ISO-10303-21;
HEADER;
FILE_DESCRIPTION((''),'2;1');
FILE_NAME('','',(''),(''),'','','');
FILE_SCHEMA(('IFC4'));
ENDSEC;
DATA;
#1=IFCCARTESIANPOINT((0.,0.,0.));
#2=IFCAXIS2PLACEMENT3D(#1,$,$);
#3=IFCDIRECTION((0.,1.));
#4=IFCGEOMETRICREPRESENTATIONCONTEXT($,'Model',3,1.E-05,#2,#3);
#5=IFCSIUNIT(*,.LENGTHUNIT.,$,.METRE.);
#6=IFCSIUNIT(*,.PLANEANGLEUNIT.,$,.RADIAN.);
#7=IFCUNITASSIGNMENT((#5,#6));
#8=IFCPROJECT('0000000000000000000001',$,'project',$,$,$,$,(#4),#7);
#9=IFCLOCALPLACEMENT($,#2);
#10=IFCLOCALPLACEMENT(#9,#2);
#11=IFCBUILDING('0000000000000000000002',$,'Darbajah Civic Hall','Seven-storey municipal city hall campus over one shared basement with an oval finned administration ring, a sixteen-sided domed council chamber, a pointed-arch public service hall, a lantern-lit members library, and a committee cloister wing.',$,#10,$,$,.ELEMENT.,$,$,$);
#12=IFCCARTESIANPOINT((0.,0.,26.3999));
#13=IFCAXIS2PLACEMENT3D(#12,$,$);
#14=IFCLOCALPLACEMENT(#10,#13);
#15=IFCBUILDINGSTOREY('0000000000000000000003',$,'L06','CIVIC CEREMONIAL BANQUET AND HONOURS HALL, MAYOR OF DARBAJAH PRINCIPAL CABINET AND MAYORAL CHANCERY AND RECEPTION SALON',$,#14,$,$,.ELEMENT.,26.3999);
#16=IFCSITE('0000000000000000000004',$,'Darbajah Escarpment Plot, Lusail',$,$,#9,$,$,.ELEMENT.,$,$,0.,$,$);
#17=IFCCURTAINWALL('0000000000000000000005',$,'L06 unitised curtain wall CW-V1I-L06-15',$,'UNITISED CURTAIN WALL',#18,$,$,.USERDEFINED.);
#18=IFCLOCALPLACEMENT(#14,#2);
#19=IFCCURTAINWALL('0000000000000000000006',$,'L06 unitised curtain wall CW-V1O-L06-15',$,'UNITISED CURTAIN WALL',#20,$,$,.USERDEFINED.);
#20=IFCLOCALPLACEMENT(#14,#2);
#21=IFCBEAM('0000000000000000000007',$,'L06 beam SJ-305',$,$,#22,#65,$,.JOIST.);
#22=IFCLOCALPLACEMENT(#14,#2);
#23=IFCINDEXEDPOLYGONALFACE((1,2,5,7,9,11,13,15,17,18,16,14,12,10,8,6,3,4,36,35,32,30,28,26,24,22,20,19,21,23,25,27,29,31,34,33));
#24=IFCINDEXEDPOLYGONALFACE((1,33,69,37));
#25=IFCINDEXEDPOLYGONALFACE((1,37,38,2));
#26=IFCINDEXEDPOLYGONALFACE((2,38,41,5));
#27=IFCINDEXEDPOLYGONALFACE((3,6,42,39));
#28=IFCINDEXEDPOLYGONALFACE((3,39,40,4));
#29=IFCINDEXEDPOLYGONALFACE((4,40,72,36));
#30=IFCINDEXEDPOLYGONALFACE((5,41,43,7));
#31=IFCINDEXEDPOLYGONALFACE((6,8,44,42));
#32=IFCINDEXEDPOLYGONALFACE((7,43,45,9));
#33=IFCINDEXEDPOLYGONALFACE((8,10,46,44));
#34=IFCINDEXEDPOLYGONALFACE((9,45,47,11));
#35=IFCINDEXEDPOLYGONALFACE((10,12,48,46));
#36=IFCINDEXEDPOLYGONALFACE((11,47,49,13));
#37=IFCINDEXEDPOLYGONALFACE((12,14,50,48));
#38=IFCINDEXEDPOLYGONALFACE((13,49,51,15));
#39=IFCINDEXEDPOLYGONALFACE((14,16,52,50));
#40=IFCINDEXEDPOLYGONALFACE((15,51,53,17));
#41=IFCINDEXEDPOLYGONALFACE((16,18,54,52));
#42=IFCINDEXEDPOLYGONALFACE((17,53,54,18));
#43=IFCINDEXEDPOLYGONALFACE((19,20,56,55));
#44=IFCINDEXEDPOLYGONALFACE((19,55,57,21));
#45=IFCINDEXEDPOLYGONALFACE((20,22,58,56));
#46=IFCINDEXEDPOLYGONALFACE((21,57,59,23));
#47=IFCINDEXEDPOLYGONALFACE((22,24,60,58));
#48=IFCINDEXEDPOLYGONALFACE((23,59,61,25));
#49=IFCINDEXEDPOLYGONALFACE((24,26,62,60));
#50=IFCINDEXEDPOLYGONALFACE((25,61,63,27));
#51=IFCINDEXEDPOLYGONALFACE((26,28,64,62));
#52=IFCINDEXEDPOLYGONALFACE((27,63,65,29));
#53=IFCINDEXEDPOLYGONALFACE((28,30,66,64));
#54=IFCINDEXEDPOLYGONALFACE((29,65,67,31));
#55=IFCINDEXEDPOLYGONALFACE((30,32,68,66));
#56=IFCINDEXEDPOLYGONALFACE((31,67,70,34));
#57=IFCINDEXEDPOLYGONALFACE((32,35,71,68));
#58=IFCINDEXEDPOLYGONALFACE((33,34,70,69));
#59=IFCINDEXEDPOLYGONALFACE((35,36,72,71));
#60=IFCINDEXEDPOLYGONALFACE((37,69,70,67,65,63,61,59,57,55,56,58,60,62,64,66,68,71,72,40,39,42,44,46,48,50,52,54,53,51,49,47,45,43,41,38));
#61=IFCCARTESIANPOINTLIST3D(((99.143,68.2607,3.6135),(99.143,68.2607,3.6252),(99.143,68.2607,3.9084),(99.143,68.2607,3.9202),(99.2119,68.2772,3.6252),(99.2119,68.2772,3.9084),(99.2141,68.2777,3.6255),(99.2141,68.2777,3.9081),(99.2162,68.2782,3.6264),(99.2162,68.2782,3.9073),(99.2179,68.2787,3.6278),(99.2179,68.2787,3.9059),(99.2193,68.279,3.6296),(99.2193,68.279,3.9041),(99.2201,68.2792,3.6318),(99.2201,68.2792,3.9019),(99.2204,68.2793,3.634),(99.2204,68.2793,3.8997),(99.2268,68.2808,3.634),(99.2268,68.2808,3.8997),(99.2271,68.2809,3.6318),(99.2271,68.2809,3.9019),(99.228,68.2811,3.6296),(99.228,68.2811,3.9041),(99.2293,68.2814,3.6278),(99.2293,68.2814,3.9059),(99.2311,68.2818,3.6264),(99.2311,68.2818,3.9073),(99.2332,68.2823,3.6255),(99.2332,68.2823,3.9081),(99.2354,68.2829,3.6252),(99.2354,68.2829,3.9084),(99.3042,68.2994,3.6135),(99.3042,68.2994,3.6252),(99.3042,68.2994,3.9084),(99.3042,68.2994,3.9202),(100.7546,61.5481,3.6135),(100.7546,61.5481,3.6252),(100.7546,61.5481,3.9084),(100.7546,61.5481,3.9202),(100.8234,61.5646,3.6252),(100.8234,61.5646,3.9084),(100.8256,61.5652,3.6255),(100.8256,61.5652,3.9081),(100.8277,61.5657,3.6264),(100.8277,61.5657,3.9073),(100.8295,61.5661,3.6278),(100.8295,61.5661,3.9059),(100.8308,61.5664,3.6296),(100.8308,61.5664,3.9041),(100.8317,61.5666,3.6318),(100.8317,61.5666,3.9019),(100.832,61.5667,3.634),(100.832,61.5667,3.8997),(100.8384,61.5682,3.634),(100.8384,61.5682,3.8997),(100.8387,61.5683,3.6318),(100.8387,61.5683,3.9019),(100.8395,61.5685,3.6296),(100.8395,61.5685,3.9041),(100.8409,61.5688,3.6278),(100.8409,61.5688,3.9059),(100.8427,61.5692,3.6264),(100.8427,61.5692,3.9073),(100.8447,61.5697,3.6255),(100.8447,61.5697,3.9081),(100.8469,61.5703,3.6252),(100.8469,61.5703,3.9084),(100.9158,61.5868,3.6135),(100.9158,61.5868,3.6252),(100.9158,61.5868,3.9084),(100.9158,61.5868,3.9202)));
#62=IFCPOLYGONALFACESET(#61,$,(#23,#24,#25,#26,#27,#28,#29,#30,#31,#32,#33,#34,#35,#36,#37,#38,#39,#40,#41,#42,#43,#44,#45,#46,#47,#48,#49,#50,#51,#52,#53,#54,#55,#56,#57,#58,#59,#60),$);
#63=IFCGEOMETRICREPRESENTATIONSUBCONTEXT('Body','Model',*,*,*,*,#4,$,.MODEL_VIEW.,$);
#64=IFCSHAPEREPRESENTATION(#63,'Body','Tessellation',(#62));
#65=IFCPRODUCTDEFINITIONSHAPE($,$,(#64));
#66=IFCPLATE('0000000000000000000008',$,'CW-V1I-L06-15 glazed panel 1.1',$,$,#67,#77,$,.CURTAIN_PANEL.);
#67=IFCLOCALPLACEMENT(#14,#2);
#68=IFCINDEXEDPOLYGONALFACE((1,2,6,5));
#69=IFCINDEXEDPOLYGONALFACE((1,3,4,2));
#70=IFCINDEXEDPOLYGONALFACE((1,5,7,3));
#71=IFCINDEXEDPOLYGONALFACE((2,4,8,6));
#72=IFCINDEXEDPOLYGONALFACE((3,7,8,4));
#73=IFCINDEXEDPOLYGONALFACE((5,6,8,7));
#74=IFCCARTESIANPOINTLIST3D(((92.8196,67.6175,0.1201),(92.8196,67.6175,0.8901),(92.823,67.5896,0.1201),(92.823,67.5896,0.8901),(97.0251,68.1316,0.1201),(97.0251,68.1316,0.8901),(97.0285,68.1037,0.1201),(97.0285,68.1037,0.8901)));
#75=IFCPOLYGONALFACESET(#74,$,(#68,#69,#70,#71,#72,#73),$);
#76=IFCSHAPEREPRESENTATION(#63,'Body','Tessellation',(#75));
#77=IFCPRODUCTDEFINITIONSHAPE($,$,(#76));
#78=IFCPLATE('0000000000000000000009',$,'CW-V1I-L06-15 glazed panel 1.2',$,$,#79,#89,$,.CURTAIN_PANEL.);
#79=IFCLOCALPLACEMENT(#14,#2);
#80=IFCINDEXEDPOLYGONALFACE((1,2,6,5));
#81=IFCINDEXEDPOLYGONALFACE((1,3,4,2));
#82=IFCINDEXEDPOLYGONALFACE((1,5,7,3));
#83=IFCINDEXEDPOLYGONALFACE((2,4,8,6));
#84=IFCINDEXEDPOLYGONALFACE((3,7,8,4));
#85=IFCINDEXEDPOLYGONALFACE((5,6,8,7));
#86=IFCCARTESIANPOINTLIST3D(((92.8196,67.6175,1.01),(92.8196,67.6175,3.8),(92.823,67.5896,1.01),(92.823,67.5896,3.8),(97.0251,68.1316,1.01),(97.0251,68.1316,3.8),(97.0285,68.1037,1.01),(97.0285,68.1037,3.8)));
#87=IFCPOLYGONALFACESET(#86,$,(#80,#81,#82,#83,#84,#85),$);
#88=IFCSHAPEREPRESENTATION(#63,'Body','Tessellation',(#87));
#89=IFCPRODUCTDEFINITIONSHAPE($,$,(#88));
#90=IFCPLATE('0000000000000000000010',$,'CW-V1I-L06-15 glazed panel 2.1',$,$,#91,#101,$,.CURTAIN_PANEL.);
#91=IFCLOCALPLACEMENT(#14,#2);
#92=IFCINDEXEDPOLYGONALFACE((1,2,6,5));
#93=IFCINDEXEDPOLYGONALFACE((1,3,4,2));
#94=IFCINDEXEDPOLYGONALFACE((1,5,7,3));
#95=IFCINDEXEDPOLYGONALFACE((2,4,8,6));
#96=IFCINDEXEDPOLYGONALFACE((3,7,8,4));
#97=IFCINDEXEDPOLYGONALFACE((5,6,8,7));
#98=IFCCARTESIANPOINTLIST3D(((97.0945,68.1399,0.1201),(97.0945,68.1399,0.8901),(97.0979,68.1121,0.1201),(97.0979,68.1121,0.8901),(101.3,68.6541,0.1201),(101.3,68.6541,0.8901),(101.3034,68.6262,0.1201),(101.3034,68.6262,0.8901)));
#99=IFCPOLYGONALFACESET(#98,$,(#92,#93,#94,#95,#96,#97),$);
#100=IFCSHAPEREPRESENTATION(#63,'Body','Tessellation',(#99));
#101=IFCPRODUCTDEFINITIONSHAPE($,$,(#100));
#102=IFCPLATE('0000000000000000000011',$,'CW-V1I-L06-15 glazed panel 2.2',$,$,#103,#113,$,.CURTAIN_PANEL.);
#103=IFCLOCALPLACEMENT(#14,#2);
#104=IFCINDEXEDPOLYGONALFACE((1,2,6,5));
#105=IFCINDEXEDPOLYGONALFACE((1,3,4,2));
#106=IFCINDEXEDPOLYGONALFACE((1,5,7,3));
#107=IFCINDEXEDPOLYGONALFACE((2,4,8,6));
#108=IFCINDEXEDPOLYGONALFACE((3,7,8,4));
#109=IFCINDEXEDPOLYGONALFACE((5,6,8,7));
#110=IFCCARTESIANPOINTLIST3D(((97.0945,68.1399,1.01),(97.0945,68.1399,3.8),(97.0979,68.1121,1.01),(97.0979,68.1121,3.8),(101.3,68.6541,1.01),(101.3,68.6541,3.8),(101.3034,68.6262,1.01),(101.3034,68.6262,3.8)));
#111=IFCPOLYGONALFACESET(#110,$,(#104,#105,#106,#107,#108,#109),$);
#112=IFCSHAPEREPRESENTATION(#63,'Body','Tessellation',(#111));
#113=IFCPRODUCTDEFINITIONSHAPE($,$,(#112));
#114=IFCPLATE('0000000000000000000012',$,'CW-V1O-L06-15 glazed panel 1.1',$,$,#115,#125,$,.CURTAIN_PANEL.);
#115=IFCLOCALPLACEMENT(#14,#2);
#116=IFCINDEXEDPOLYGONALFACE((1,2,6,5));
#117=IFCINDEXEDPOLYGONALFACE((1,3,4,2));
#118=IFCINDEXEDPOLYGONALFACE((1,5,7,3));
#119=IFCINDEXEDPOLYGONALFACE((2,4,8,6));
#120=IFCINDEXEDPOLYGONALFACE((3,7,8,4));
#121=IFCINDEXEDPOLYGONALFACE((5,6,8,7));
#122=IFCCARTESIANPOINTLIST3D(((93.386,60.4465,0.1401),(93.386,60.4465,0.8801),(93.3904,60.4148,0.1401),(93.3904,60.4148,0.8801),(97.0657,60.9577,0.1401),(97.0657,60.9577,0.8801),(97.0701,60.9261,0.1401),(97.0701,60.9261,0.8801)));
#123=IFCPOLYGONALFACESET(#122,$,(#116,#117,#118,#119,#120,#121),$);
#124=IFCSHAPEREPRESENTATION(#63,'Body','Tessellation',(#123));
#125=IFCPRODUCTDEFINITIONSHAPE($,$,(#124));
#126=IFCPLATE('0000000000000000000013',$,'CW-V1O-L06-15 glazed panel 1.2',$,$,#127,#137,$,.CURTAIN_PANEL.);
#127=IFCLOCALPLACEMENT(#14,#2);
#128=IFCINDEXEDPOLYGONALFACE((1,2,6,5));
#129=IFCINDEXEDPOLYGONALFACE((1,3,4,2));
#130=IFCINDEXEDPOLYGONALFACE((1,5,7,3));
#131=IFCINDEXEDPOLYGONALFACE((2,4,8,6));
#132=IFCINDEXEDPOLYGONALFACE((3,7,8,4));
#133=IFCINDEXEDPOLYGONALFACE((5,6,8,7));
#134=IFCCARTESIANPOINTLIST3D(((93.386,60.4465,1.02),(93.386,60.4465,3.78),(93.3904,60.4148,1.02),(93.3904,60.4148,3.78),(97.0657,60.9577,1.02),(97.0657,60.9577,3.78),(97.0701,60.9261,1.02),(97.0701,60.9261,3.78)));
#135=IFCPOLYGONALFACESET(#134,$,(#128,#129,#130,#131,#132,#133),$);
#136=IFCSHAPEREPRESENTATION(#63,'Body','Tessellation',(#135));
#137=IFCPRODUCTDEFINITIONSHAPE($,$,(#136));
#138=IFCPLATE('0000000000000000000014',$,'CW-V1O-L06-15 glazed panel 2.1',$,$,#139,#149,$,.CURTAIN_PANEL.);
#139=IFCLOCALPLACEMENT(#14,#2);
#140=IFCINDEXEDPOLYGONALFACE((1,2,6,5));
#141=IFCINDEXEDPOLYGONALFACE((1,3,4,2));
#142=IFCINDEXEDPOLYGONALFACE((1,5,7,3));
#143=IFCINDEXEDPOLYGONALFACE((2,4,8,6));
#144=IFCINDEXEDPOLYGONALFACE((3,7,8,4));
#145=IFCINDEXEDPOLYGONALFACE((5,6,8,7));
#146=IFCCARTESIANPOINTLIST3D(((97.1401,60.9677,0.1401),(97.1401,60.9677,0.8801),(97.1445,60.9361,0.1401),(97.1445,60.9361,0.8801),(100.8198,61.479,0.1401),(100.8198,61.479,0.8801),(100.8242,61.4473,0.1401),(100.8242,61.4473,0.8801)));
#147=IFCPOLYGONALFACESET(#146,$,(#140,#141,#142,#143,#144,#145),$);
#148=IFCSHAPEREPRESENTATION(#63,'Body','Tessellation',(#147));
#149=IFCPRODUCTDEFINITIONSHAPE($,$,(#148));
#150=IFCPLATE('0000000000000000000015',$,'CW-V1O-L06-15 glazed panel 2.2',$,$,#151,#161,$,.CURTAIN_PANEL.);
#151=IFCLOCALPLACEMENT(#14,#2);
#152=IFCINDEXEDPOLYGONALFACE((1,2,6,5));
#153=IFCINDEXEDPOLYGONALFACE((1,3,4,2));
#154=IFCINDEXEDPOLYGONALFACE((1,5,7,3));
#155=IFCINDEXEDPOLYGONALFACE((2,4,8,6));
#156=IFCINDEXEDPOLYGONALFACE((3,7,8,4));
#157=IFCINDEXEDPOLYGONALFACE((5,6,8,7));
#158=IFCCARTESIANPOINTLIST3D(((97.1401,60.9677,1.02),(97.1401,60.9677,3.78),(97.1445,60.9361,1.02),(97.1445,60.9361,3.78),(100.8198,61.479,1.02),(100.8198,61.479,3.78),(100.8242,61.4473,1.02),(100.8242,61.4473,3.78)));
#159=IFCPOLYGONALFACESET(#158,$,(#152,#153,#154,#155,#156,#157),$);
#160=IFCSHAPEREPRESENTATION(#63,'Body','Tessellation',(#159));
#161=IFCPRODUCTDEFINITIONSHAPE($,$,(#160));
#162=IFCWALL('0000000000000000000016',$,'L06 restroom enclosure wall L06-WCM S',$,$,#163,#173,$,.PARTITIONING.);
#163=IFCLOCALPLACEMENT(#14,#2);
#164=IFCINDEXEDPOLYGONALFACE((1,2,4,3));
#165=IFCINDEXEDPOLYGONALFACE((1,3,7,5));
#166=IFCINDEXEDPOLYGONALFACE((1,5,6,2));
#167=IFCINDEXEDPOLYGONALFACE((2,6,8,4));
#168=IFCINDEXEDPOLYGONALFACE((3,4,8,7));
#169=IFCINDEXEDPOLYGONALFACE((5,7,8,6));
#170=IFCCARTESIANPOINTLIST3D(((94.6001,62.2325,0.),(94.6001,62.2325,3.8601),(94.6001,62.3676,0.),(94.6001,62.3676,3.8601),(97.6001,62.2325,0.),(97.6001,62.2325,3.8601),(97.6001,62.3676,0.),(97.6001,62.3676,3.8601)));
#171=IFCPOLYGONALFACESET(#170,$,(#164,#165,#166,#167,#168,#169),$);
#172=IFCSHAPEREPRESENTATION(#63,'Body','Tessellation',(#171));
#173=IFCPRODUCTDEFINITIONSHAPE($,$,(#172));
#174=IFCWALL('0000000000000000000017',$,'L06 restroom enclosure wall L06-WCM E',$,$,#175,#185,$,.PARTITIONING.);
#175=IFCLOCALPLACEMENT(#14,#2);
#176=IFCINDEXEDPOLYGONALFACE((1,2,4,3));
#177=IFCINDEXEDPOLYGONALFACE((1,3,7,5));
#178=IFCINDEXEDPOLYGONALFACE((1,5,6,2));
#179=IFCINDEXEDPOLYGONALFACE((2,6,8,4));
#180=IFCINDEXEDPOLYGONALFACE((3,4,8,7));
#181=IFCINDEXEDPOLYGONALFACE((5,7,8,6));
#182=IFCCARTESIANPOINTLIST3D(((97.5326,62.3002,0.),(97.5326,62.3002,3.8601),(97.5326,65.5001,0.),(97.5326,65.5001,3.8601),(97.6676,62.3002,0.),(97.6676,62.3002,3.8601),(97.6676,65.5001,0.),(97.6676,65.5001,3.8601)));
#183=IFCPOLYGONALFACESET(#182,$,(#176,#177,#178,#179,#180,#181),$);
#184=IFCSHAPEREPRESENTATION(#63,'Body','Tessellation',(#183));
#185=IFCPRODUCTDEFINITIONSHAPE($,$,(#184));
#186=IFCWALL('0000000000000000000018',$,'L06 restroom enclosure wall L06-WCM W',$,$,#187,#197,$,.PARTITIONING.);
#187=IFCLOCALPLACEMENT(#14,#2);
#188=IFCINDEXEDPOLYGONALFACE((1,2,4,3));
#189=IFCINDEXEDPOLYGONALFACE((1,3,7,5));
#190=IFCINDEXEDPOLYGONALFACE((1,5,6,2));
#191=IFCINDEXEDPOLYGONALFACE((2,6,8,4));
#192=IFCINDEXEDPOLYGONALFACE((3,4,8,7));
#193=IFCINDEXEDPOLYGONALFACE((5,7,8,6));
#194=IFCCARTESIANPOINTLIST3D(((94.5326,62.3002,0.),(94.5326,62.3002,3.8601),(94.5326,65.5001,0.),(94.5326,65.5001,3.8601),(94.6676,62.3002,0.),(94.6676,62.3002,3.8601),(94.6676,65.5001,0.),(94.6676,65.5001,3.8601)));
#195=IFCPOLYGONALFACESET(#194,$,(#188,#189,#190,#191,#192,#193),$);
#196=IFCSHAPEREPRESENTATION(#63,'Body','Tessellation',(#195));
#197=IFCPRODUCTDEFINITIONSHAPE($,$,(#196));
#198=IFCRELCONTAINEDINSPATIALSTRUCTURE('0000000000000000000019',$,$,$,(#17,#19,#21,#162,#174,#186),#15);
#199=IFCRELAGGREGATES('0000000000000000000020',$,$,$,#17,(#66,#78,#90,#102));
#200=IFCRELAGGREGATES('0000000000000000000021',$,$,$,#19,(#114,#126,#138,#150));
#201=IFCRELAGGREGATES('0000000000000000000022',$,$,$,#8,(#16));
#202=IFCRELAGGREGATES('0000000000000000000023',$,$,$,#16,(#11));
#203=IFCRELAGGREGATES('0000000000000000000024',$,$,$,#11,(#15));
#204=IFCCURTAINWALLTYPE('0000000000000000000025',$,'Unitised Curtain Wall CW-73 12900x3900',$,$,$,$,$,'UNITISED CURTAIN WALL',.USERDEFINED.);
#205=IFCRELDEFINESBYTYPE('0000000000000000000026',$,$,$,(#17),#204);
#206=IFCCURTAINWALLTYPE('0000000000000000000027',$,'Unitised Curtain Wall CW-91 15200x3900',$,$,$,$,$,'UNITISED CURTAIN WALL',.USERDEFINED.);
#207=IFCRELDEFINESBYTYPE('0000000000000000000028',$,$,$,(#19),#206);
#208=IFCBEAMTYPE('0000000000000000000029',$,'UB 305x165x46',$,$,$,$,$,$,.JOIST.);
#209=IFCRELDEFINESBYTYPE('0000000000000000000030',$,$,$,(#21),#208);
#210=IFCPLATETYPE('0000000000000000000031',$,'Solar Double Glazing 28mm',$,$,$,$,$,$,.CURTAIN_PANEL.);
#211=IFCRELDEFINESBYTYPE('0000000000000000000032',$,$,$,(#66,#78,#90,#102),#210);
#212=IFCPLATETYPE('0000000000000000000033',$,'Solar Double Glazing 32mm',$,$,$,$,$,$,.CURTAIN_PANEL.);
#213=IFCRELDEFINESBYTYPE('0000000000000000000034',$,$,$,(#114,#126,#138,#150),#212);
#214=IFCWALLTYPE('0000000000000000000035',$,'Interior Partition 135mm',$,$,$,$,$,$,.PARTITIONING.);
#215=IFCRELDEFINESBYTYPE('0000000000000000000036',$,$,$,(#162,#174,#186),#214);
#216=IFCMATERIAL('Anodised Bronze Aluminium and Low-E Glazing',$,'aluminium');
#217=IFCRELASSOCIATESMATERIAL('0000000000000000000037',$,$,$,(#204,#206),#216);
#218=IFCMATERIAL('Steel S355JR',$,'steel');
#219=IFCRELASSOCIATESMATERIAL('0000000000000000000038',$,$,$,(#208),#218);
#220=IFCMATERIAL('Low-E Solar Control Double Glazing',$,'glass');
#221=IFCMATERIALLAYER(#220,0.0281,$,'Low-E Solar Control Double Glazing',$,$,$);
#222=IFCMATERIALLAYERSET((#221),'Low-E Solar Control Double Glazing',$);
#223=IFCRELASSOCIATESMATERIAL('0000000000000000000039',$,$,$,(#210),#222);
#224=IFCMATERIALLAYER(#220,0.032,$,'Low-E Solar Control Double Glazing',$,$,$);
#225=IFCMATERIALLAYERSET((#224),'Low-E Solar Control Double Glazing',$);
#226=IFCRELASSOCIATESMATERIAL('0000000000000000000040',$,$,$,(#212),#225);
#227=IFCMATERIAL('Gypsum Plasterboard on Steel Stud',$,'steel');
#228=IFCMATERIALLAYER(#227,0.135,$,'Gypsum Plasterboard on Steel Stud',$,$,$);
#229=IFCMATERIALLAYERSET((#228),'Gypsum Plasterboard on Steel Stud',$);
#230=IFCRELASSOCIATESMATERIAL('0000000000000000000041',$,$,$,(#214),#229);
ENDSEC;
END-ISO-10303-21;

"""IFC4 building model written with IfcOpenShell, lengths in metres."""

from ifc_helpers import new_model, si_unit, direction, frame, frame_2d, origin, origin_2d, place, context, subcontext, project, spatial, rectangle, i_section, extrude, material, layer, layer_set, material_profile, profile_set, type_object, element, aggregate, save


model = new_model("IFC4")

# Units and contexts
model_context = context("Model", 3, precision=1e-05, world=origin(), true_north=direction((0.0, 1.0)))
body_context = subcontext(model_context, "Body", "Model", "MODEL_VIEW")
ifc_project = project(units=[si_unit("LENGTHUNIT", "METRE"), si_unit("PLANEANGLEUNIT", "RADIAN")], contexts=[model_context])

# Site, building, storey
site_placement = place(None, origin())
site = spatial("IfcSite", under=ifc_project, at=site_placement, Name="Darbajah Escarpment Plot, Lusail", CompositionType="ELEMENT", RefElevation=0.0)
building_placement = place(site_placement, origin())
building = spatial("IfcBuilding", under=site, at=building_placement, Name="Darbajah Civic Hall", Description="Seven-storey municipal city hall campus over one shared basement with an oval finned administration ring, a sixteen-sided domed council chamber, a pointed-arch public service hall, a lantern-lit members library, and a committee cloister wing.", CompositionType="ELEMENT")
storey_placement = place(building_placement, frame((0.0, 0.0, 26.3999)))
storey = spatial("IfcBuildingStorey", under=building, at=storey_placement, Name="L06", Description="CIVIC CEREMONIAL BANQUET AND HONOURS HALL, MAYOR OF DARBAJAH PRINCIPAL CABINET AND MAYORAL CHANCERY AND RECEPTION SALON", CompositionType="ELEMENT", Elevation=26.3999)

# Curtain wall
ifc_material_1 = material(Name="Anodised Bronze Aluminium and Low-E Glazing", Category="aluminium")
curtain_wall_type_1 = type_object("IfcCurtainWallType", Name="Unitised Curtain Wall CW-73 12900x3900", ElementType="UNITISED CURTAIN WALL", PredefinedType="USERDEFINED", material=ifc_material_1)
curtain_wall_1_placement = place(storey_placement, origin())
curtain_wall_1 = element("IfcCurtainWall", 1, at=curtain_wall_1_placement, inside=storey, type_object=curtain_wall_type_1, Name="L06 unitised curtain wall CW-V1I-L06-15", ObjectType="UNITISED CURTAIN WALL", PredefinedType="USERDEFINED")

# Curtain wall
curtain_wall_type_2 = type_object("IfcCurtainWallType", Name="Unitised Curtain Wall CW-91 15200x3900", ElementType="UNITISED CURTAIN WALL", PredefinedType="USERDEFINED", material=ifc_material_1)
curtain_wall_2_placement = place(storey_placement, origin())
curtain_wall_2 = element("IfcCurtainWall", 2, at=curtain_wall_2_placement, inside=storey, type_object=curtain_wall_type_2, Name="L06 unitised curtain wall CW-V1O-L06-15", ObjectType="UNITISED CURTAIN WALL", PredefinedType="USERDEFINED")

# Beam
ifc_material_2 = material(Name="Steel S355JR", Category="steel")
ifc_material_profile_1 = material_profile(ifc_material_2, i_section(OverallWidth=0.1658, OverallDepth=0.3066, WebThickness=0.0066, FlangeThickness=0.0117, FilletRadius=0.0088, at=origin_2d()), Name="UB 305x165x46")
ifc_profile_set_1 = profile_set([ifc_material_profile_1], Name="Steel S355JR")
beam_type = type_object("IfcBeamType", Name="UB 305x165x46", PredefinedType="JOIST", material=ifc_profile_set_1)
beam_placement = place(storey_placement, frame((99.2236, 68.28, 3.7668), z_axis=(0.233447, -0.97237, 0.0), x_axis=(0.97237, 0.233447, 0.0)))
element("IfcBeam", 3, at=beam_placement, inside=storey, type_object=beam_type, Name="L06 beam SJ-305", PredefinedType="JOIST", context=body_context, shape_type="SweptSolid", body=[
    extrude(i_section(OverallWidth=0.1658, OverallDepth=0.3066, WebThickness=0.0066, FlangeThickness=0.0117, FilletRadius=0.0088, at=origin_2d()), origin(), (0.0, 0.0, 1.0), 6.9033),
])

# Plates
ifc_material_3 = material(Name="Low-E Solar Control Double Glazing", Category="glass")
ifc_layer_1 = layer(ifc_material_3, 0.0281, Name="Low-E Solar Control Double Glazing")
ifc_layer_set_1 = layer_set([ifc_layer_1], Name="Low-E Solar Control Double Glazing")
plate_type_1 = type_object("IfcPlateType", Name="Solar Double Glazing 28mm", PredefinedType="CURTAIN_PANEL", material=ifc_layer_set_1)
plate_1_placement = place(storey_placement, frame((94.9241, 67.8606, 0.1201), z_axis=(0.0, 0.0, 1.0), x_axis=(0.99261, 0.12135, 0.0)))
plate_1 = element("IfcPlate", 4, at=plate_1_placement, type_object=plate_type_1, Name="CW-V1I-L06-15 glazed panel 1.1", PredefinedType="CURTAIN_PANEL", context=body_context, shape_type="SweptSolid", body=[
    extrude(rectangle(XDim=4.2368, YDim=0.0281, at=origin_2d()), origin(), (0.0, 0.0, 1.0), 0.77),
])
plate_2_placement = place(storey_placement, frame((94.9241, 67.8606, 1.01), z_axis=(0.0, 0.0, 1.0), x_axis=(0.99261, 0.12135, 0.0)))
plate_2 = element("IfcPlate", 5, at=plate_2_placement, type_object=plate_type_1, Name="CW-V1I-L06-15 glazed panel 1.2", PredefinedType="CURTAIN_PANEL", context=body_context, shape_type="SweptSolid", body=[
    extrude(rectangle(XDim=4.2368, YDim=0.0281, at=origin_2d()), origin(), (0.0, 0.0, 1.0), 2.79),
])
plate_3_placement = place(storey_placement, frame((99.199, 68.3831, 0.1201), z_axis=(0.0, 0.0, 1.0), x_axis=(0.99261, 0.12135, 0.0)))
plate_3 = element("IfcPlate", 6, at=plate_3_placement, type_object=plate_type_1, Name="CW-V1I-L06-15 glazed panel 2.1", PredefinedType="CURTAIN_PANEL", context=body_context, shape_type="SweptSolid", body=[
    extrude(rectangle(XDim=4.2368, YDim=0.0281, at=origin_2d()), origin(), (0.0, 0.0, 1.0), 0.77),
])
plate_4_placement = place(storey_placement, frame((99.199, 68.3831, 1.01), z_axis=(0.0, 0.0, 1.0), x_axis=(0.99261, 0.12135, 0.0)))
plate_4 = element("IfcPlate", 7, at=plate_4_placement, type_object=plate_type_1, Name="CW-V1I-L06-15 glazed panel 2.2", PredefinedType="CURTAIN_PANEL", context=body_context, shape_type="SweptSolid", body=[
    extrude(rectangle(XDim=4.2368, YDim=0.0281, at=origin_2d()), origin(), (0.0, 0.0, 1.0), 2.79),
])
aggregate(curtain_wall_1, [plate_1, plate_2, plate_3, plate_4])
ifc_layer_2 = layer(ifc_material_3, 0.032, Name="Low-E Solar Control Double Glazing")
ifc_layer_set_2 = layer_set([ifc_layer_2], Name="Low-E Solar Control Double Glazing")
plate_type_2 = type_object("IfcPlateType", Name="Solar Double Glazing 32mm", PredefinedType="CURTAIN_PANEL", material=ifc_layer_set_2)
plate_5_placement = place(storey_placement, frame((95.228, 60.6863, 0.1401), z_axis=(0.0, 0.0, 1.0), x_axis=(0.990485, 0.137617, 0.0)))
plate_5 = element("IfcPlate", 8, at=plate_5_placement, type_object=plate_type_2, Name="CW-V1O-L06-15 glazed panel 1.1", PredefinedType="CURTAIN_PANEL", context=body_context, shape_type="SweptSolid", body=[
    extrude(rectangle(XDim=3.7151, YDim=0.032, at=origin_2d()), origin(), (0.0, 0.0, 1.0), 0.74),
])
plate_6_placement = place(storey_placement, frame((95.228, 60.6863, 1.02), z_axis=(0.0, 0.0, 1.0), x_axis=(0.990485, 0.137617, 0.0)))
plate_6 = element("IfcPlate", 9, at=plate_6_placement, type_object=plate_type_2, Name="CW-V1O-L06-15 glazed panel 1.2", PredefinedType="CURTAIN_PANEL", context=body_context, shape_type="SweptSolid", body=[
    extrude(rectangle(XDim=3.7151, YDim=0.032, at=origin_2d()), origin(), (0.0, 0.0, 1.0), 2.76),
])
plate_7_placement = place(storey_placement, frame((98.9822, 61.2075, 0.1401), z_axis=(0.0, 0.0, 1.0), x_axis=(0.990485, 0.137617, 0.0)))
plate_7 = element("IfcPlate", 10, at=plate_7_placement, type_object=plate_type_2, Name="CW-V1O-L06-15 glazed panel 2.1", PredefinedType="CURTAIN_PANEL", context=body_context, shape_type="SweptSolid", body=[
    extrude(rectangle(XDim=3.7151, YDim=0.032, at=origin_2d()), origin(), (0.0, 0.0, 1.0), 0.74),
])
plate_8_placement = place(storey_placement, frame((98.9822, 61.2075, 1.02), z_axis=(0.0, 0.0, 1.0), x_axis=(0.990485, 0.137617, 0.0)))
plate_8 = element("IfcPlate", 11, at=plate_8_placement, type_object=plate_type_2, Name="CW-V1O-L06-15 glazed panel 2.2", PredefinedType="CURTAIN_PANEL", context=body_context, shape_type="SweptSolid", body=[
    extrude(rectangle(XDim=3.7151, YDim=0.032, at=origin_2d()), origin(), (0.0, 0.0, 1.0), 2.76),
])
aggregate(curtain_wall_2, [plate_5, plate_6, plate_7, plate_8])

# Walls
ifc_material_4 = material(Name="Gypsum Plasterboard on Steel Stud", Category="steel")
ifc_layer_3 = layer(ifc_material_4, 0.135, Name="Gypsum Plasterboard on Steel Stud")
ifc_layer_set_3 = layer_set([ifc_layer_3], Name="Gypsum Plasterboard on Steel Stud")
wall_type_1 = type_object("IfcWallType", Name="Interior Partition 135mm", PredefinedType="PARTITIONING", material=ifc_layer_set_3)
wall_1_placement = place(storey_placement, frame((94.6001, 62.3, 0.0), z_axis=(0.0, 0.0, 1.0), x_axis=(1.0, 0.0, 0.0)))
element("IfcWall", 12, at=wall_1_placement, inside=storey, type_object=wall_type_1, Name="L06 restroom enclosure wall L06-WCM S", PredefinedType="PARTITIONING", context=body_context, shape_type="SweptSolid", body=[
    extrude(rectangle(XDim=3.0, YDim=0.135, at=frame_2d((1.5, 0.0))), origin(), (0.0, 0.0, 1.0), 3.8601),
])
for number, where, z_axis, x_axis, name in (
    (13, (97.6001, 62.3, 0.0), (0.0, 0.0, 1.0), (0.0, 1.0, 0.0), "L06 restroom enclosure wall L06-WCM E"),
    (14, (94.6001, 62.3, 0.0), (0.0, 0.0, 1.0), (0.0, 1.0, 0.0), "L06 restroom enclosure wall L06-WCM W"),
):
    element("IfcWall", number, at=place(storey_placement, frame(where, z_axis=z_axis, x_axis=x_axis)), inside=storey, type_object=wall_type_1, Name=name, PredefinedType="PARTITIONING", context=body_context, shape_type="SweptSolid", body=[
        extrude(rectangle(XDim=3.2, YDim=0.135, at=frame_2d((1.6001, 0.0))), origin(), (0.0, 0.0, 1.0), 3.8601),
    ])

save(model, "model.ifc")
